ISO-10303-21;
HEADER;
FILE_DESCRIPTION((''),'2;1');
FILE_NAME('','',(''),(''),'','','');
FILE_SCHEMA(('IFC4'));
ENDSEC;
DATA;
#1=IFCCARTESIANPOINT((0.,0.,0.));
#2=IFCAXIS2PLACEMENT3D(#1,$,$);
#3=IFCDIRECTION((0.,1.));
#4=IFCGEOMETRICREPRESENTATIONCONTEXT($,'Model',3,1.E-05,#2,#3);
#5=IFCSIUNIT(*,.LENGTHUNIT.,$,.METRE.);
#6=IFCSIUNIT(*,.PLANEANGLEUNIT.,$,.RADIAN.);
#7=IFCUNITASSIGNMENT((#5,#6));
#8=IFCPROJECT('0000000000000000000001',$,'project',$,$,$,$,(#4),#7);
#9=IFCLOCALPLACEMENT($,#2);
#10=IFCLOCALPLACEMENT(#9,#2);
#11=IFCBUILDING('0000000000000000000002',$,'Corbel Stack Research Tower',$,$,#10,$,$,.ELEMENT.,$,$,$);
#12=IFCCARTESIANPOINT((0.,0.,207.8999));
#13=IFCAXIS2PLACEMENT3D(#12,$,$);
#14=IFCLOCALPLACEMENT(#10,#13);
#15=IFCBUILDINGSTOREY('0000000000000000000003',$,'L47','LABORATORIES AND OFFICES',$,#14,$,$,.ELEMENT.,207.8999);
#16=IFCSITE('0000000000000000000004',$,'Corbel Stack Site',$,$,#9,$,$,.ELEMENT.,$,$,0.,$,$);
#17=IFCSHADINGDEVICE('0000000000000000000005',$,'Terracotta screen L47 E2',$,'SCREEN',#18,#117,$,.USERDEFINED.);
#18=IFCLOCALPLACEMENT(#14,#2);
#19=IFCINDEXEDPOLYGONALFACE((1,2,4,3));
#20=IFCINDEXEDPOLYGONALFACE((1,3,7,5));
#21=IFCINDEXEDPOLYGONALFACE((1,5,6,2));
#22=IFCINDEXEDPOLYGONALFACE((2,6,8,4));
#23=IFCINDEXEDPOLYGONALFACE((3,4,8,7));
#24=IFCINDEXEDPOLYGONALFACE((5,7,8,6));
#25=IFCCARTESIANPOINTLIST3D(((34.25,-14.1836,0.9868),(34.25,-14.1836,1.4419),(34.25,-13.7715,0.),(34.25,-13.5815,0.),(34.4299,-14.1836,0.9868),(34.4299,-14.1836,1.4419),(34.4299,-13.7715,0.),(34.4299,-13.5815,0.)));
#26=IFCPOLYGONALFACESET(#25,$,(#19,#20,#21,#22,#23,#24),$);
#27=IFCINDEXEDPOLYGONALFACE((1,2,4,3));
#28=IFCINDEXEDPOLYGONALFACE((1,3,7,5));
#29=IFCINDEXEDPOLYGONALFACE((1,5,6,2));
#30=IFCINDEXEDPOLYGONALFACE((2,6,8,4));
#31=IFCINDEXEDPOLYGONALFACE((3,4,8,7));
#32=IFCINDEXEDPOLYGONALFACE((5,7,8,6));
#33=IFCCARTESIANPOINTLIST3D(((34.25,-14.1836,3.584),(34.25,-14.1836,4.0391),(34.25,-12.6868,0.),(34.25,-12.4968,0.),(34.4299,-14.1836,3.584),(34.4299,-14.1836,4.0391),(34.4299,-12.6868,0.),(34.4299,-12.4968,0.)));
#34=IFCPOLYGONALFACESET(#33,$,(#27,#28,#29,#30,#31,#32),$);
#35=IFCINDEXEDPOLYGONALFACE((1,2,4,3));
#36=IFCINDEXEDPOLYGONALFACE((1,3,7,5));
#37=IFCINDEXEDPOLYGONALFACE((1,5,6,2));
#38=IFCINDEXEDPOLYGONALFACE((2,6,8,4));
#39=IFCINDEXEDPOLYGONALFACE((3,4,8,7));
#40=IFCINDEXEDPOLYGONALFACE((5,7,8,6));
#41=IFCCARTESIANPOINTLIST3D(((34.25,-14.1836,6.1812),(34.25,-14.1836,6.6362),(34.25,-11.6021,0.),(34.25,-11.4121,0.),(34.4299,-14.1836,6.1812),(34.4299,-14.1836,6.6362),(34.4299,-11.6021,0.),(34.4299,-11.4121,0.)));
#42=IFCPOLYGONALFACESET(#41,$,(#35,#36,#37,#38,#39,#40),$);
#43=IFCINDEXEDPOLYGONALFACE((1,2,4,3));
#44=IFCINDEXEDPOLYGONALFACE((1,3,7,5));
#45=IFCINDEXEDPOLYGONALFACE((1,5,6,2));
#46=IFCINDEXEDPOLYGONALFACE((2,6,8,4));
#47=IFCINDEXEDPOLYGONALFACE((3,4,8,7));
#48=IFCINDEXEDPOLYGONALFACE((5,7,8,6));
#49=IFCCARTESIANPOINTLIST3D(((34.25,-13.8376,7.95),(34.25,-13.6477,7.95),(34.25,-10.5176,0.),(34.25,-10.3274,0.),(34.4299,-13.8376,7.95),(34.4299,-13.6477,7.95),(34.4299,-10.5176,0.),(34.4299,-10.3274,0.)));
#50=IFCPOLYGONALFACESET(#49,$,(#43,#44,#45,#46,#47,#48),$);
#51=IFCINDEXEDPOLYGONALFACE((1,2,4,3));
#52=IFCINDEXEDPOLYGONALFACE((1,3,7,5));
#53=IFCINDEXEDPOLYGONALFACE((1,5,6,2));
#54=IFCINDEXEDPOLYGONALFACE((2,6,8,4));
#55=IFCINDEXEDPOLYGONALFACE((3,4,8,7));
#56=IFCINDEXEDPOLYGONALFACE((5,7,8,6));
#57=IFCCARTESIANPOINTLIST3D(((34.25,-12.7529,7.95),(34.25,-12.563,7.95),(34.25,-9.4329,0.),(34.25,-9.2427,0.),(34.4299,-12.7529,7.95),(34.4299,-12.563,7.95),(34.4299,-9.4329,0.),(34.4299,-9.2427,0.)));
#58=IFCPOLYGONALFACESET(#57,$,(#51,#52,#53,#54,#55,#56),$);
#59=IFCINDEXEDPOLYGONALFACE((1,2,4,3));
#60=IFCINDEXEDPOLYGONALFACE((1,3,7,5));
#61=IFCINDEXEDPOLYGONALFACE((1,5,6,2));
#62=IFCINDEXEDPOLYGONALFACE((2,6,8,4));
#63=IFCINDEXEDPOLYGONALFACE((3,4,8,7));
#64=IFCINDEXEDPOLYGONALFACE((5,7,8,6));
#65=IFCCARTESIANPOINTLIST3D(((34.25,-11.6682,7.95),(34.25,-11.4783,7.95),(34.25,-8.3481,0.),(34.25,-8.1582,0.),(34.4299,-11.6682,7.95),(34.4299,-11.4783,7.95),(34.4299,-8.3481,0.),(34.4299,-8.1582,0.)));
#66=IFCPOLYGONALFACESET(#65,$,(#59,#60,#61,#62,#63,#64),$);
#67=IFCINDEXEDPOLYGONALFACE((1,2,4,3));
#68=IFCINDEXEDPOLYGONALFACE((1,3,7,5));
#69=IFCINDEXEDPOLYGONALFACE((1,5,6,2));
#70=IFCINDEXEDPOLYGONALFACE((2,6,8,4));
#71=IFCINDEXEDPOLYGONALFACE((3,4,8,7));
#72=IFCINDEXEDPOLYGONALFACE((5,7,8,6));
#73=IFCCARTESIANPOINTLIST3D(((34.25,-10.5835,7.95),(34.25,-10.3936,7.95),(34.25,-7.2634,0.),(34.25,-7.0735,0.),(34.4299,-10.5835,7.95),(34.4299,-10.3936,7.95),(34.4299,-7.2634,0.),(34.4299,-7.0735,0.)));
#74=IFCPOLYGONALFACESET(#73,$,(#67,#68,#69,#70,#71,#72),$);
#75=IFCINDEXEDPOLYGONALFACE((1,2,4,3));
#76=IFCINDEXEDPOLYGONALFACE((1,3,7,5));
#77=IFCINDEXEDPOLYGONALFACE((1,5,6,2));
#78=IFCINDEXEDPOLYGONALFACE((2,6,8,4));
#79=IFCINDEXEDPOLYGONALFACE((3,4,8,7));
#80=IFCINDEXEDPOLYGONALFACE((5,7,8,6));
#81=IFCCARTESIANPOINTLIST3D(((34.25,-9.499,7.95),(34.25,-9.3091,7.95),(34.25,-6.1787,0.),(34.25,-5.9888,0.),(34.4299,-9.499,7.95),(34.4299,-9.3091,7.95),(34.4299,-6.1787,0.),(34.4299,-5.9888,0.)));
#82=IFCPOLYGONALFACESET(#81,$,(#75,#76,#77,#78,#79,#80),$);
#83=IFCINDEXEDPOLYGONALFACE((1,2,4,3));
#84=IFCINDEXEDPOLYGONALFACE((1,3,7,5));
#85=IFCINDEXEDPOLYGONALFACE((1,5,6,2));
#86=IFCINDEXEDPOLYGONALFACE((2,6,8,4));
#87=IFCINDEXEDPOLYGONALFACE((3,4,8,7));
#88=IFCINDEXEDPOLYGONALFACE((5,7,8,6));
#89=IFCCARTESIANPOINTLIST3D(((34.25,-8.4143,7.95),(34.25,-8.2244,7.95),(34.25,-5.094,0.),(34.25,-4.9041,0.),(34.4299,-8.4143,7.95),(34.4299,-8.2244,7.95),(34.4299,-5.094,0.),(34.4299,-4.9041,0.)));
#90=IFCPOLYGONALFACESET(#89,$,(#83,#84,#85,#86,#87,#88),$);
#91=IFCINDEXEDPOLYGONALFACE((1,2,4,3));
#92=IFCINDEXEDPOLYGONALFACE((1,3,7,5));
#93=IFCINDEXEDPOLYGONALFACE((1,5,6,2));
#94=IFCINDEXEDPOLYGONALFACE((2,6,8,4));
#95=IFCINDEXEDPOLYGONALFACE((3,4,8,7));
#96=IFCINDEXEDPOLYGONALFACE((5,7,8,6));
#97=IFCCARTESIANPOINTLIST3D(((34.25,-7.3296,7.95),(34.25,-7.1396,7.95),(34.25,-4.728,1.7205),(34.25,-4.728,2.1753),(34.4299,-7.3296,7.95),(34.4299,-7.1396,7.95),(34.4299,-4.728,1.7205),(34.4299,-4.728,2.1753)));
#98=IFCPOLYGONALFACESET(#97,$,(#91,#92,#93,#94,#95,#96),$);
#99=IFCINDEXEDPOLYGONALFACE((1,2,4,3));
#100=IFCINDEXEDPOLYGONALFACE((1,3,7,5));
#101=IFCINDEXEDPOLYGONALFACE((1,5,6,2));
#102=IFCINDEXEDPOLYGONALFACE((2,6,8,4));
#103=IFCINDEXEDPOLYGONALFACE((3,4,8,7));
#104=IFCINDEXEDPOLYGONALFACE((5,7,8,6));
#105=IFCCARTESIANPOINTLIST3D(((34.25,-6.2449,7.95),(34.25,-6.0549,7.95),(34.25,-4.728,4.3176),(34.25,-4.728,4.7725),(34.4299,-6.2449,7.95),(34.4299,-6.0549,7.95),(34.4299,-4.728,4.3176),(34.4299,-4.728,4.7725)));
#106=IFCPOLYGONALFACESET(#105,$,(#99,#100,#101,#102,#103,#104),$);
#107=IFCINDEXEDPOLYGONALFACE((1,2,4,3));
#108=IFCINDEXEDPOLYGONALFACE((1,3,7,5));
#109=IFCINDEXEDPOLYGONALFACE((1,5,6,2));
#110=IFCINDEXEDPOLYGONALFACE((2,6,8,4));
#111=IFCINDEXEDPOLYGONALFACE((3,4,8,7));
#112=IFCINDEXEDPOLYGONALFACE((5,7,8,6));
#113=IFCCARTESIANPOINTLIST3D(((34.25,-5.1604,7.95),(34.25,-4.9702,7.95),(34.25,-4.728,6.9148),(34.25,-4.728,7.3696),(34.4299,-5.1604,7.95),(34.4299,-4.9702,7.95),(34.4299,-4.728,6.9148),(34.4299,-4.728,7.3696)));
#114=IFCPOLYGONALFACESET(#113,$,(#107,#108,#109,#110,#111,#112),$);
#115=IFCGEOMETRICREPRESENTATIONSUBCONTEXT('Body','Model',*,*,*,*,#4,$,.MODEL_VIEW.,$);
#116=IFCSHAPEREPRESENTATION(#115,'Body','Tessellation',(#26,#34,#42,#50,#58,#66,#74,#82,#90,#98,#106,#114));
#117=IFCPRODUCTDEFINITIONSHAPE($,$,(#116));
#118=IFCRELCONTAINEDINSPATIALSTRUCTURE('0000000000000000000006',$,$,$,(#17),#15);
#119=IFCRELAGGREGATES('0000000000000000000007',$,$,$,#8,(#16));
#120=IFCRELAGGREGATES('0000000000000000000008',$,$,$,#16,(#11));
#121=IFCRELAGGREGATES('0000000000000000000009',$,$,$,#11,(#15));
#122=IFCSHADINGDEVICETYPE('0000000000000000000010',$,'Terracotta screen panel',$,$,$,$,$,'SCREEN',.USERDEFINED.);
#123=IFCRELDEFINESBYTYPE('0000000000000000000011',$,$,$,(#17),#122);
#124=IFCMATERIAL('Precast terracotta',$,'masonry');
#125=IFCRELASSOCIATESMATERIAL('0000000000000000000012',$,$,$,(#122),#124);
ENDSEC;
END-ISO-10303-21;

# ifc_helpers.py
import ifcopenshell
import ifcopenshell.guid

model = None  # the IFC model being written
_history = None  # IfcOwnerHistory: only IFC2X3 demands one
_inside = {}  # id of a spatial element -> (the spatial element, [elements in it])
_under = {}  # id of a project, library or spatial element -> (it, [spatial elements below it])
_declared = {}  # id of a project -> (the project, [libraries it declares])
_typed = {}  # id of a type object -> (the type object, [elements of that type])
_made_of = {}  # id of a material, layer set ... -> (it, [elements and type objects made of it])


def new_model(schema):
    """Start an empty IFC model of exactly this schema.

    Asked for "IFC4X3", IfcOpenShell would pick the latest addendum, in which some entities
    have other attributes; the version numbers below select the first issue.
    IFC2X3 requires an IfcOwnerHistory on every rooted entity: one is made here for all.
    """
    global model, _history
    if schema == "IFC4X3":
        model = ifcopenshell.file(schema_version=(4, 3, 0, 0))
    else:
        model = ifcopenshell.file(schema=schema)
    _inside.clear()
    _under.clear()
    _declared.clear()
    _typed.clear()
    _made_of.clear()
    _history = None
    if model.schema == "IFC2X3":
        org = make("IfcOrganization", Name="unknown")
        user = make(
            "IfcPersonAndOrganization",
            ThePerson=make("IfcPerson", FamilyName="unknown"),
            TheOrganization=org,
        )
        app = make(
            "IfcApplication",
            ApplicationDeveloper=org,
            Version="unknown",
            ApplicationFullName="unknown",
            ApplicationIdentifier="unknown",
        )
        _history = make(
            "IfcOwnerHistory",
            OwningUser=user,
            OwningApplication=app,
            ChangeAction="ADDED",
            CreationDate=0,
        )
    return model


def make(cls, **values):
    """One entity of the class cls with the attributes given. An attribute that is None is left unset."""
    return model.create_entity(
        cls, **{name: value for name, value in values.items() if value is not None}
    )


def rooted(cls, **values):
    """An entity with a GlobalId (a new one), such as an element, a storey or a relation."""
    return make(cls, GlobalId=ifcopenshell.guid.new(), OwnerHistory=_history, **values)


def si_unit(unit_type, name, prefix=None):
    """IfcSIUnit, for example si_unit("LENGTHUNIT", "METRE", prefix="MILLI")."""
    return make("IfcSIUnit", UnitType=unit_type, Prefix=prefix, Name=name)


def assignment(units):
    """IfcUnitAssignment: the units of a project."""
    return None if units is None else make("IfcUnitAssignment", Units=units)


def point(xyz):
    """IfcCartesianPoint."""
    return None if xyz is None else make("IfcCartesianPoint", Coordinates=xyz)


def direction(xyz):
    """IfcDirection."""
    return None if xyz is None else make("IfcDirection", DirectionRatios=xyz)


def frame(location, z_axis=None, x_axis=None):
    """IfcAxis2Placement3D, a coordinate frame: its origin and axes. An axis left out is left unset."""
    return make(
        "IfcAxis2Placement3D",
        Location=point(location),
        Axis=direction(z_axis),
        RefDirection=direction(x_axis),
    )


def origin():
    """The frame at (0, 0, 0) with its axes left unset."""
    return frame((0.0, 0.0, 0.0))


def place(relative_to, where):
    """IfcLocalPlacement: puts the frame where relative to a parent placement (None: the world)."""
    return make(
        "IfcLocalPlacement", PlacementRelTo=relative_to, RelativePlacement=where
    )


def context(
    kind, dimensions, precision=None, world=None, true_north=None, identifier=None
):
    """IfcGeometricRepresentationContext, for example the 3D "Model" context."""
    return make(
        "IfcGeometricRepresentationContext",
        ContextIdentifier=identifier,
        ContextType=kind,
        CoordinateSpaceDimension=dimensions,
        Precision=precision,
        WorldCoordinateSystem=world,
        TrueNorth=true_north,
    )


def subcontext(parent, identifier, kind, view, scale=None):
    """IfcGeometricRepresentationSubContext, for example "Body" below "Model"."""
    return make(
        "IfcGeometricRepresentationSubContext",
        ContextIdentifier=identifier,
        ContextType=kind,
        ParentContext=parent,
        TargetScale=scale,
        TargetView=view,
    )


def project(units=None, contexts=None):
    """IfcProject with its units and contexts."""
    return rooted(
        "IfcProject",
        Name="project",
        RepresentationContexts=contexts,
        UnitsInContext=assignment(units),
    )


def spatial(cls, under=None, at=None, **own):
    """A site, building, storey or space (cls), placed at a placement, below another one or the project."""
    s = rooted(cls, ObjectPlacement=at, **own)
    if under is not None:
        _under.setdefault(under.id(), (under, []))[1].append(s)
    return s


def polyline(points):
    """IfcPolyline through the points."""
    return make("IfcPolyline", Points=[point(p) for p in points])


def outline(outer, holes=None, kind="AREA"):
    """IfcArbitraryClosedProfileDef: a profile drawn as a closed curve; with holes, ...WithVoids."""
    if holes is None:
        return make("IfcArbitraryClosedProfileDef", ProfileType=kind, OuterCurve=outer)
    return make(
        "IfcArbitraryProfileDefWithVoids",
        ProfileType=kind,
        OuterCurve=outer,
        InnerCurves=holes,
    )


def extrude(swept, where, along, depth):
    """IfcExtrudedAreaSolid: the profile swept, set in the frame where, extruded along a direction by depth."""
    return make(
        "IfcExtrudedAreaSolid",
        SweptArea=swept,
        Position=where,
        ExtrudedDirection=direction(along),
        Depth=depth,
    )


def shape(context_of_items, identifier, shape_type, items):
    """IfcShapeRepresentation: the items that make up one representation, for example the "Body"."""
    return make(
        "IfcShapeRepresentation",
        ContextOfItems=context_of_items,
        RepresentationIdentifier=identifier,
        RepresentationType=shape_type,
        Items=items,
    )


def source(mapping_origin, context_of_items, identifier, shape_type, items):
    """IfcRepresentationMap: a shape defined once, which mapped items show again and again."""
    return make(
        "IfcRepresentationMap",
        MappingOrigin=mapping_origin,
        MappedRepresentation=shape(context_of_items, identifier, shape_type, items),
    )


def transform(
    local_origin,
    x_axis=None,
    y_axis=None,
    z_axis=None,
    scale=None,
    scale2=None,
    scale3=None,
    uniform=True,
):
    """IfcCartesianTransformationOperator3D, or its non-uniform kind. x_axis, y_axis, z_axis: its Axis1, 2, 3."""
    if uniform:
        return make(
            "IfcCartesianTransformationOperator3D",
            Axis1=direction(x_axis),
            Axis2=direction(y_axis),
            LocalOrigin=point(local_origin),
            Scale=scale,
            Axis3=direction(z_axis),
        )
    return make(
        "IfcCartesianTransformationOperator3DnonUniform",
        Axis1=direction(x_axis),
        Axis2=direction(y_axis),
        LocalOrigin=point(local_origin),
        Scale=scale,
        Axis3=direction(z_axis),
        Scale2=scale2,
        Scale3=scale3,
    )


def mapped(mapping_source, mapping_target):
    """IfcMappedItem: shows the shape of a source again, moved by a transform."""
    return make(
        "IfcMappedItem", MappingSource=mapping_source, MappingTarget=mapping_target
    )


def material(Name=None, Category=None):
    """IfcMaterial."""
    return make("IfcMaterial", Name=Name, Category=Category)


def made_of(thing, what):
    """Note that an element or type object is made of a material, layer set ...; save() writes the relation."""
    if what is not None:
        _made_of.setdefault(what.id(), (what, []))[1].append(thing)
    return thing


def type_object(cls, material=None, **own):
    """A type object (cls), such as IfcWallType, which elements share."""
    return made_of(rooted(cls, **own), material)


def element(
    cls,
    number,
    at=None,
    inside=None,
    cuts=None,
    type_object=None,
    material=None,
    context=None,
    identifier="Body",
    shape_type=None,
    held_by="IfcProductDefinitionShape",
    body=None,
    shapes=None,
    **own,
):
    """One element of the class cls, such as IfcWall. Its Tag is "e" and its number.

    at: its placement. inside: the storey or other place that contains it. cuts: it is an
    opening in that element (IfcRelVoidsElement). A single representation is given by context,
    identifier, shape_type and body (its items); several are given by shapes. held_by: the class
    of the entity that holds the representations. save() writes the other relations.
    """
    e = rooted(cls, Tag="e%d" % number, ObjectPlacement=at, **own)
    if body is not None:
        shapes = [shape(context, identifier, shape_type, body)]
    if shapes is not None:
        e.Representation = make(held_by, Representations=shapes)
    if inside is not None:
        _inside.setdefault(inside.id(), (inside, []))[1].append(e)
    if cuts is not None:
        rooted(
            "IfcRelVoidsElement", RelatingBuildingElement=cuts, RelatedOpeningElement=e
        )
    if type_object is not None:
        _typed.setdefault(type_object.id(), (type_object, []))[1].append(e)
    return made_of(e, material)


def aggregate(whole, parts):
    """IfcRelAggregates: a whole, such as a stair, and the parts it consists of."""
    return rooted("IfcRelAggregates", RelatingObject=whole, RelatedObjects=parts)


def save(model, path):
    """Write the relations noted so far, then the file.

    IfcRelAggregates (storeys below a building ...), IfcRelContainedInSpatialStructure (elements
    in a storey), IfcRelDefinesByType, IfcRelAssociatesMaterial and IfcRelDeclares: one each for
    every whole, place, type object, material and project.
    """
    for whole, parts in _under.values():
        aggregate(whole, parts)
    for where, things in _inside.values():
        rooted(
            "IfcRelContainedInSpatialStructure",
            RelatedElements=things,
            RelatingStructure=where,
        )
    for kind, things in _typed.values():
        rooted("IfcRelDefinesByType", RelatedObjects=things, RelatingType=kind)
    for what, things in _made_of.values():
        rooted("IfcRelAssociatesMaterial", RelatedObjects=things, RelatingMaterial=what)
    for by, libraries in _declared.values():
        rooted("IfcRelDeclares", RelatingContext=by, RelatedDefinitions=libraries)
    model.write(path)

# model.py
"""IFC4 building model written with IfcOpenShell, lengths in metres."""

from ifc_helpers import new_model, si_unit, direction, frame, origin, place, context, subcontext, project, spatial, polyline, outline, extrude, source, transform, mapped, material, type_object, element, save


model = new_model("IFC4")

# Units and contexts
model_context = context("Model", 3, precision=1e-05, world=origin(), true_north=direction((0.0, 1.0)))
body_context = subcontext(model_context, "Body", "Model", "MODEL_VIEW")
ifc_project = project(units=[si_unit("LENGTHUNIT", "METRE"), si_unit("PLANEANGLEUNIT", "RADIAN")], contexts=[model_context])

# Site, building, storey
site_placement = place(None, origin())
site = spatial("IfcSite", under=ifc_project, at=site_placement, Name="Corbel Stack Site", CompositionType="ELEMENT", RefElevation=0.0)
building_placement = place(site_placement, origin())
building = spatial("IfcBuilding", under=site, at=building_placement, Name="Corbel Stack Research Tower", CompositionType="ELEMENT")
storey_placement = place(building_placement, frame((0.0, 0.0, 207.8999)))
storey = spatial("IfcBuildingStorey", under=building, at=storey_placement, Name="L47", Description="LABORATORIES AND OFFICES", CompositionType="ELEMENT", Elevation=207.8999)

# Shading device
ifc_material_1 = material(Name="Precast terracotta", Category="masonry")
shading_device_type = type_object("IfcShadingDeviceType", Name="Terracotta screen panel", ElementType="SCREEN", PredefinedType="USERDEFINED", material=ifc_material_1)
shared_shape = source(origin(), body_context, "Body", "SweptSolid", [
    extrude(outline(polyline([(0.6021, 0.0), (0.0, 1.4419), (0.0, 0.9868), (0.4121, 0.0), (0.6021, 0.0)])), frame((0.0, 0.0, 0.0), z_axis=(0.0, -1.0, 0.0), x_axis=(1.0, 0.0, 0.0)), (0.0, 0.0, 1.0), 0.1799),
    extrude(outline(polyline([(1.6868, 0.0), (0.0, 4.0391), (0.0, 3.584), (1.4968, 0.0), (1.6868, 0.0)])), frame((0.0, 0.0, 0.0), z_axis=(0.0, -1.0, 0.0), x_axis=(1.0, 0.0, 0.0)), (0.0, 0.0, 1.0), 0.1799),
    extrude(outline(polyline([(2.7715, 0.0), (0.0, 6.6362), (0.0, 6.1812), (2.5815, 0.0), (2.7715, 0.0)])), frame((0.0, 0.0, 0.0), z_axis=(0.0, -1.0, 0.0), x_axis=(1.0, 0.0, 0.0)), (0.0, 0.0, 1.0), 0.1799),
    extrude(outline(polyline([(3.8562, 0.0), (0.5359, 7.95), (0.3459, 7.95), (3.666, 0.0), (3.8562, 0.0)])), frame((0.0, 0.0, 0.0), z_axis=(0.0, -1.0, 0.0), x_axis=(1.0, 0.0, 0.0)), (0.0, 0.0, 1.0), 0.1799),
    extrude(outline(polyline([(4.9409, 0.0), (1.6206, 7.95), (1.4307, 7.95), (4.7507, 0.0), (4.9409, 0.0)])), frame((0.0, 0.0, 0.0), z_axis=(0.0, -1.0, 0.0), x_axis=(1.0, 0.0, 0.0)), (0.0, 0.0, 1.0), 0.1799),
    extrude(outline(polyline([(6.0254, 0.0), (2.7053, 7.95), (2.5154, 7.95), (5.8354, 0.0), (6.0254, 0.0)])), frame((0.0, 0.0, 0.0), z_axis=(0.0, -1.0, 0.0), x_axis=(1.0, 0.0, 0.0)), (0.0, 0.0, 1.0), 0.1799),
    extrude(outline(polyline([(7.1101, 0.0), (3.79, 7.95), (3.6001, 7.95), (6.9202, 0.0), (7.1101, 0.0)])), frame((0.0, 0.0, 0.0), z_axis=(0.0, -1.0, 0.0), x_axis=(1.0, 0.0, 0.0)), (0.0, 0.0, 1.0), 0.1799),
    extrude(outline(polyline([(8.1948, 0.0), (4.8745, 7.95), (4.6846, 7.95), (8.0049, 0.0), (8.1948, 0.0)])), frame((0.0, 0.0, 0.0), z_axis=(0.0, -1.0, 0.0), x_axis=(1.0, 0.0, 0.0)), (0.0, 0.0, 1.0), 0.1799),
    extrude(outline(polyline([(9.2795, 0.0), (5.9592, 7.95), (5.7693, 7.95), (9.0896, 0.0), (9.2795, 0.0)])), frame((0.0, 0.0, 0.0), z_axis=(0.0, -1.0, 0.0), x_axis=(1.0, 0.0, 0.0)), (0.0, 0.0, 1.0), 0.1799),
    extrude(outline(polyline([(7.0439, 7.95), (6.854, 7.95), (9.4556, 1.7205), (9.4556, 2.1753), (7.0439, 7.95)])), frame((0.0, 0.0, 0.0), z_axis=(0.0, -1.0, 0.0), x_axis=(1.0, 0.0, 0.0)), (0.0, 0.0, 1.0), 0.1799),
    extrude(outline(polyline([(8.1287, 7.95), (7.9387, 7.95), (9.4556, 4.3176), (9.4556, 4.7725), (8.1287, 7.95)])), frame((0.0, 0.0, 0.0), z_axis=(0.0, -1.0, 0.0), x_axis=(1.0, 0.0, 0.0)), (0.0, 0.0, 1.0), 0.1799),
    extrude(outline(polyline([(9.2134, 7.95), (9.0232, 7.95), (9.4556, 6.9148), (9.4556, 7.3696), (9.2134, 7.95)])), frame((0.0, 0.0, 0.0), z_axis=(0.0, -1.0, 0.0), x_axis=(1.0, 0.0, 0.0)), (0.0, 0.0, 1.0), 0.1799),
])
shading_device_placement = place(storey_placement, frame((34.25, -14.1836, 0.0), z_axis=(0.0, 0.0, 1.0), x_axis=(0.0, 1.0, 0.0)))
element("IfcShadingDevice", 1, at=shading_device_placement, inside=storey, type_object=shading_device_type, Name="Terracotta screen L47 E2", ObjectType="SCREEN", PredefinedType="USERDEFINED", context=body_context, shape_type="MappedRepresentation", body=[
    mapped(shared_shape, transform((0.0, 0.0, 0.0))),
])

save(model, "model.ifc")
